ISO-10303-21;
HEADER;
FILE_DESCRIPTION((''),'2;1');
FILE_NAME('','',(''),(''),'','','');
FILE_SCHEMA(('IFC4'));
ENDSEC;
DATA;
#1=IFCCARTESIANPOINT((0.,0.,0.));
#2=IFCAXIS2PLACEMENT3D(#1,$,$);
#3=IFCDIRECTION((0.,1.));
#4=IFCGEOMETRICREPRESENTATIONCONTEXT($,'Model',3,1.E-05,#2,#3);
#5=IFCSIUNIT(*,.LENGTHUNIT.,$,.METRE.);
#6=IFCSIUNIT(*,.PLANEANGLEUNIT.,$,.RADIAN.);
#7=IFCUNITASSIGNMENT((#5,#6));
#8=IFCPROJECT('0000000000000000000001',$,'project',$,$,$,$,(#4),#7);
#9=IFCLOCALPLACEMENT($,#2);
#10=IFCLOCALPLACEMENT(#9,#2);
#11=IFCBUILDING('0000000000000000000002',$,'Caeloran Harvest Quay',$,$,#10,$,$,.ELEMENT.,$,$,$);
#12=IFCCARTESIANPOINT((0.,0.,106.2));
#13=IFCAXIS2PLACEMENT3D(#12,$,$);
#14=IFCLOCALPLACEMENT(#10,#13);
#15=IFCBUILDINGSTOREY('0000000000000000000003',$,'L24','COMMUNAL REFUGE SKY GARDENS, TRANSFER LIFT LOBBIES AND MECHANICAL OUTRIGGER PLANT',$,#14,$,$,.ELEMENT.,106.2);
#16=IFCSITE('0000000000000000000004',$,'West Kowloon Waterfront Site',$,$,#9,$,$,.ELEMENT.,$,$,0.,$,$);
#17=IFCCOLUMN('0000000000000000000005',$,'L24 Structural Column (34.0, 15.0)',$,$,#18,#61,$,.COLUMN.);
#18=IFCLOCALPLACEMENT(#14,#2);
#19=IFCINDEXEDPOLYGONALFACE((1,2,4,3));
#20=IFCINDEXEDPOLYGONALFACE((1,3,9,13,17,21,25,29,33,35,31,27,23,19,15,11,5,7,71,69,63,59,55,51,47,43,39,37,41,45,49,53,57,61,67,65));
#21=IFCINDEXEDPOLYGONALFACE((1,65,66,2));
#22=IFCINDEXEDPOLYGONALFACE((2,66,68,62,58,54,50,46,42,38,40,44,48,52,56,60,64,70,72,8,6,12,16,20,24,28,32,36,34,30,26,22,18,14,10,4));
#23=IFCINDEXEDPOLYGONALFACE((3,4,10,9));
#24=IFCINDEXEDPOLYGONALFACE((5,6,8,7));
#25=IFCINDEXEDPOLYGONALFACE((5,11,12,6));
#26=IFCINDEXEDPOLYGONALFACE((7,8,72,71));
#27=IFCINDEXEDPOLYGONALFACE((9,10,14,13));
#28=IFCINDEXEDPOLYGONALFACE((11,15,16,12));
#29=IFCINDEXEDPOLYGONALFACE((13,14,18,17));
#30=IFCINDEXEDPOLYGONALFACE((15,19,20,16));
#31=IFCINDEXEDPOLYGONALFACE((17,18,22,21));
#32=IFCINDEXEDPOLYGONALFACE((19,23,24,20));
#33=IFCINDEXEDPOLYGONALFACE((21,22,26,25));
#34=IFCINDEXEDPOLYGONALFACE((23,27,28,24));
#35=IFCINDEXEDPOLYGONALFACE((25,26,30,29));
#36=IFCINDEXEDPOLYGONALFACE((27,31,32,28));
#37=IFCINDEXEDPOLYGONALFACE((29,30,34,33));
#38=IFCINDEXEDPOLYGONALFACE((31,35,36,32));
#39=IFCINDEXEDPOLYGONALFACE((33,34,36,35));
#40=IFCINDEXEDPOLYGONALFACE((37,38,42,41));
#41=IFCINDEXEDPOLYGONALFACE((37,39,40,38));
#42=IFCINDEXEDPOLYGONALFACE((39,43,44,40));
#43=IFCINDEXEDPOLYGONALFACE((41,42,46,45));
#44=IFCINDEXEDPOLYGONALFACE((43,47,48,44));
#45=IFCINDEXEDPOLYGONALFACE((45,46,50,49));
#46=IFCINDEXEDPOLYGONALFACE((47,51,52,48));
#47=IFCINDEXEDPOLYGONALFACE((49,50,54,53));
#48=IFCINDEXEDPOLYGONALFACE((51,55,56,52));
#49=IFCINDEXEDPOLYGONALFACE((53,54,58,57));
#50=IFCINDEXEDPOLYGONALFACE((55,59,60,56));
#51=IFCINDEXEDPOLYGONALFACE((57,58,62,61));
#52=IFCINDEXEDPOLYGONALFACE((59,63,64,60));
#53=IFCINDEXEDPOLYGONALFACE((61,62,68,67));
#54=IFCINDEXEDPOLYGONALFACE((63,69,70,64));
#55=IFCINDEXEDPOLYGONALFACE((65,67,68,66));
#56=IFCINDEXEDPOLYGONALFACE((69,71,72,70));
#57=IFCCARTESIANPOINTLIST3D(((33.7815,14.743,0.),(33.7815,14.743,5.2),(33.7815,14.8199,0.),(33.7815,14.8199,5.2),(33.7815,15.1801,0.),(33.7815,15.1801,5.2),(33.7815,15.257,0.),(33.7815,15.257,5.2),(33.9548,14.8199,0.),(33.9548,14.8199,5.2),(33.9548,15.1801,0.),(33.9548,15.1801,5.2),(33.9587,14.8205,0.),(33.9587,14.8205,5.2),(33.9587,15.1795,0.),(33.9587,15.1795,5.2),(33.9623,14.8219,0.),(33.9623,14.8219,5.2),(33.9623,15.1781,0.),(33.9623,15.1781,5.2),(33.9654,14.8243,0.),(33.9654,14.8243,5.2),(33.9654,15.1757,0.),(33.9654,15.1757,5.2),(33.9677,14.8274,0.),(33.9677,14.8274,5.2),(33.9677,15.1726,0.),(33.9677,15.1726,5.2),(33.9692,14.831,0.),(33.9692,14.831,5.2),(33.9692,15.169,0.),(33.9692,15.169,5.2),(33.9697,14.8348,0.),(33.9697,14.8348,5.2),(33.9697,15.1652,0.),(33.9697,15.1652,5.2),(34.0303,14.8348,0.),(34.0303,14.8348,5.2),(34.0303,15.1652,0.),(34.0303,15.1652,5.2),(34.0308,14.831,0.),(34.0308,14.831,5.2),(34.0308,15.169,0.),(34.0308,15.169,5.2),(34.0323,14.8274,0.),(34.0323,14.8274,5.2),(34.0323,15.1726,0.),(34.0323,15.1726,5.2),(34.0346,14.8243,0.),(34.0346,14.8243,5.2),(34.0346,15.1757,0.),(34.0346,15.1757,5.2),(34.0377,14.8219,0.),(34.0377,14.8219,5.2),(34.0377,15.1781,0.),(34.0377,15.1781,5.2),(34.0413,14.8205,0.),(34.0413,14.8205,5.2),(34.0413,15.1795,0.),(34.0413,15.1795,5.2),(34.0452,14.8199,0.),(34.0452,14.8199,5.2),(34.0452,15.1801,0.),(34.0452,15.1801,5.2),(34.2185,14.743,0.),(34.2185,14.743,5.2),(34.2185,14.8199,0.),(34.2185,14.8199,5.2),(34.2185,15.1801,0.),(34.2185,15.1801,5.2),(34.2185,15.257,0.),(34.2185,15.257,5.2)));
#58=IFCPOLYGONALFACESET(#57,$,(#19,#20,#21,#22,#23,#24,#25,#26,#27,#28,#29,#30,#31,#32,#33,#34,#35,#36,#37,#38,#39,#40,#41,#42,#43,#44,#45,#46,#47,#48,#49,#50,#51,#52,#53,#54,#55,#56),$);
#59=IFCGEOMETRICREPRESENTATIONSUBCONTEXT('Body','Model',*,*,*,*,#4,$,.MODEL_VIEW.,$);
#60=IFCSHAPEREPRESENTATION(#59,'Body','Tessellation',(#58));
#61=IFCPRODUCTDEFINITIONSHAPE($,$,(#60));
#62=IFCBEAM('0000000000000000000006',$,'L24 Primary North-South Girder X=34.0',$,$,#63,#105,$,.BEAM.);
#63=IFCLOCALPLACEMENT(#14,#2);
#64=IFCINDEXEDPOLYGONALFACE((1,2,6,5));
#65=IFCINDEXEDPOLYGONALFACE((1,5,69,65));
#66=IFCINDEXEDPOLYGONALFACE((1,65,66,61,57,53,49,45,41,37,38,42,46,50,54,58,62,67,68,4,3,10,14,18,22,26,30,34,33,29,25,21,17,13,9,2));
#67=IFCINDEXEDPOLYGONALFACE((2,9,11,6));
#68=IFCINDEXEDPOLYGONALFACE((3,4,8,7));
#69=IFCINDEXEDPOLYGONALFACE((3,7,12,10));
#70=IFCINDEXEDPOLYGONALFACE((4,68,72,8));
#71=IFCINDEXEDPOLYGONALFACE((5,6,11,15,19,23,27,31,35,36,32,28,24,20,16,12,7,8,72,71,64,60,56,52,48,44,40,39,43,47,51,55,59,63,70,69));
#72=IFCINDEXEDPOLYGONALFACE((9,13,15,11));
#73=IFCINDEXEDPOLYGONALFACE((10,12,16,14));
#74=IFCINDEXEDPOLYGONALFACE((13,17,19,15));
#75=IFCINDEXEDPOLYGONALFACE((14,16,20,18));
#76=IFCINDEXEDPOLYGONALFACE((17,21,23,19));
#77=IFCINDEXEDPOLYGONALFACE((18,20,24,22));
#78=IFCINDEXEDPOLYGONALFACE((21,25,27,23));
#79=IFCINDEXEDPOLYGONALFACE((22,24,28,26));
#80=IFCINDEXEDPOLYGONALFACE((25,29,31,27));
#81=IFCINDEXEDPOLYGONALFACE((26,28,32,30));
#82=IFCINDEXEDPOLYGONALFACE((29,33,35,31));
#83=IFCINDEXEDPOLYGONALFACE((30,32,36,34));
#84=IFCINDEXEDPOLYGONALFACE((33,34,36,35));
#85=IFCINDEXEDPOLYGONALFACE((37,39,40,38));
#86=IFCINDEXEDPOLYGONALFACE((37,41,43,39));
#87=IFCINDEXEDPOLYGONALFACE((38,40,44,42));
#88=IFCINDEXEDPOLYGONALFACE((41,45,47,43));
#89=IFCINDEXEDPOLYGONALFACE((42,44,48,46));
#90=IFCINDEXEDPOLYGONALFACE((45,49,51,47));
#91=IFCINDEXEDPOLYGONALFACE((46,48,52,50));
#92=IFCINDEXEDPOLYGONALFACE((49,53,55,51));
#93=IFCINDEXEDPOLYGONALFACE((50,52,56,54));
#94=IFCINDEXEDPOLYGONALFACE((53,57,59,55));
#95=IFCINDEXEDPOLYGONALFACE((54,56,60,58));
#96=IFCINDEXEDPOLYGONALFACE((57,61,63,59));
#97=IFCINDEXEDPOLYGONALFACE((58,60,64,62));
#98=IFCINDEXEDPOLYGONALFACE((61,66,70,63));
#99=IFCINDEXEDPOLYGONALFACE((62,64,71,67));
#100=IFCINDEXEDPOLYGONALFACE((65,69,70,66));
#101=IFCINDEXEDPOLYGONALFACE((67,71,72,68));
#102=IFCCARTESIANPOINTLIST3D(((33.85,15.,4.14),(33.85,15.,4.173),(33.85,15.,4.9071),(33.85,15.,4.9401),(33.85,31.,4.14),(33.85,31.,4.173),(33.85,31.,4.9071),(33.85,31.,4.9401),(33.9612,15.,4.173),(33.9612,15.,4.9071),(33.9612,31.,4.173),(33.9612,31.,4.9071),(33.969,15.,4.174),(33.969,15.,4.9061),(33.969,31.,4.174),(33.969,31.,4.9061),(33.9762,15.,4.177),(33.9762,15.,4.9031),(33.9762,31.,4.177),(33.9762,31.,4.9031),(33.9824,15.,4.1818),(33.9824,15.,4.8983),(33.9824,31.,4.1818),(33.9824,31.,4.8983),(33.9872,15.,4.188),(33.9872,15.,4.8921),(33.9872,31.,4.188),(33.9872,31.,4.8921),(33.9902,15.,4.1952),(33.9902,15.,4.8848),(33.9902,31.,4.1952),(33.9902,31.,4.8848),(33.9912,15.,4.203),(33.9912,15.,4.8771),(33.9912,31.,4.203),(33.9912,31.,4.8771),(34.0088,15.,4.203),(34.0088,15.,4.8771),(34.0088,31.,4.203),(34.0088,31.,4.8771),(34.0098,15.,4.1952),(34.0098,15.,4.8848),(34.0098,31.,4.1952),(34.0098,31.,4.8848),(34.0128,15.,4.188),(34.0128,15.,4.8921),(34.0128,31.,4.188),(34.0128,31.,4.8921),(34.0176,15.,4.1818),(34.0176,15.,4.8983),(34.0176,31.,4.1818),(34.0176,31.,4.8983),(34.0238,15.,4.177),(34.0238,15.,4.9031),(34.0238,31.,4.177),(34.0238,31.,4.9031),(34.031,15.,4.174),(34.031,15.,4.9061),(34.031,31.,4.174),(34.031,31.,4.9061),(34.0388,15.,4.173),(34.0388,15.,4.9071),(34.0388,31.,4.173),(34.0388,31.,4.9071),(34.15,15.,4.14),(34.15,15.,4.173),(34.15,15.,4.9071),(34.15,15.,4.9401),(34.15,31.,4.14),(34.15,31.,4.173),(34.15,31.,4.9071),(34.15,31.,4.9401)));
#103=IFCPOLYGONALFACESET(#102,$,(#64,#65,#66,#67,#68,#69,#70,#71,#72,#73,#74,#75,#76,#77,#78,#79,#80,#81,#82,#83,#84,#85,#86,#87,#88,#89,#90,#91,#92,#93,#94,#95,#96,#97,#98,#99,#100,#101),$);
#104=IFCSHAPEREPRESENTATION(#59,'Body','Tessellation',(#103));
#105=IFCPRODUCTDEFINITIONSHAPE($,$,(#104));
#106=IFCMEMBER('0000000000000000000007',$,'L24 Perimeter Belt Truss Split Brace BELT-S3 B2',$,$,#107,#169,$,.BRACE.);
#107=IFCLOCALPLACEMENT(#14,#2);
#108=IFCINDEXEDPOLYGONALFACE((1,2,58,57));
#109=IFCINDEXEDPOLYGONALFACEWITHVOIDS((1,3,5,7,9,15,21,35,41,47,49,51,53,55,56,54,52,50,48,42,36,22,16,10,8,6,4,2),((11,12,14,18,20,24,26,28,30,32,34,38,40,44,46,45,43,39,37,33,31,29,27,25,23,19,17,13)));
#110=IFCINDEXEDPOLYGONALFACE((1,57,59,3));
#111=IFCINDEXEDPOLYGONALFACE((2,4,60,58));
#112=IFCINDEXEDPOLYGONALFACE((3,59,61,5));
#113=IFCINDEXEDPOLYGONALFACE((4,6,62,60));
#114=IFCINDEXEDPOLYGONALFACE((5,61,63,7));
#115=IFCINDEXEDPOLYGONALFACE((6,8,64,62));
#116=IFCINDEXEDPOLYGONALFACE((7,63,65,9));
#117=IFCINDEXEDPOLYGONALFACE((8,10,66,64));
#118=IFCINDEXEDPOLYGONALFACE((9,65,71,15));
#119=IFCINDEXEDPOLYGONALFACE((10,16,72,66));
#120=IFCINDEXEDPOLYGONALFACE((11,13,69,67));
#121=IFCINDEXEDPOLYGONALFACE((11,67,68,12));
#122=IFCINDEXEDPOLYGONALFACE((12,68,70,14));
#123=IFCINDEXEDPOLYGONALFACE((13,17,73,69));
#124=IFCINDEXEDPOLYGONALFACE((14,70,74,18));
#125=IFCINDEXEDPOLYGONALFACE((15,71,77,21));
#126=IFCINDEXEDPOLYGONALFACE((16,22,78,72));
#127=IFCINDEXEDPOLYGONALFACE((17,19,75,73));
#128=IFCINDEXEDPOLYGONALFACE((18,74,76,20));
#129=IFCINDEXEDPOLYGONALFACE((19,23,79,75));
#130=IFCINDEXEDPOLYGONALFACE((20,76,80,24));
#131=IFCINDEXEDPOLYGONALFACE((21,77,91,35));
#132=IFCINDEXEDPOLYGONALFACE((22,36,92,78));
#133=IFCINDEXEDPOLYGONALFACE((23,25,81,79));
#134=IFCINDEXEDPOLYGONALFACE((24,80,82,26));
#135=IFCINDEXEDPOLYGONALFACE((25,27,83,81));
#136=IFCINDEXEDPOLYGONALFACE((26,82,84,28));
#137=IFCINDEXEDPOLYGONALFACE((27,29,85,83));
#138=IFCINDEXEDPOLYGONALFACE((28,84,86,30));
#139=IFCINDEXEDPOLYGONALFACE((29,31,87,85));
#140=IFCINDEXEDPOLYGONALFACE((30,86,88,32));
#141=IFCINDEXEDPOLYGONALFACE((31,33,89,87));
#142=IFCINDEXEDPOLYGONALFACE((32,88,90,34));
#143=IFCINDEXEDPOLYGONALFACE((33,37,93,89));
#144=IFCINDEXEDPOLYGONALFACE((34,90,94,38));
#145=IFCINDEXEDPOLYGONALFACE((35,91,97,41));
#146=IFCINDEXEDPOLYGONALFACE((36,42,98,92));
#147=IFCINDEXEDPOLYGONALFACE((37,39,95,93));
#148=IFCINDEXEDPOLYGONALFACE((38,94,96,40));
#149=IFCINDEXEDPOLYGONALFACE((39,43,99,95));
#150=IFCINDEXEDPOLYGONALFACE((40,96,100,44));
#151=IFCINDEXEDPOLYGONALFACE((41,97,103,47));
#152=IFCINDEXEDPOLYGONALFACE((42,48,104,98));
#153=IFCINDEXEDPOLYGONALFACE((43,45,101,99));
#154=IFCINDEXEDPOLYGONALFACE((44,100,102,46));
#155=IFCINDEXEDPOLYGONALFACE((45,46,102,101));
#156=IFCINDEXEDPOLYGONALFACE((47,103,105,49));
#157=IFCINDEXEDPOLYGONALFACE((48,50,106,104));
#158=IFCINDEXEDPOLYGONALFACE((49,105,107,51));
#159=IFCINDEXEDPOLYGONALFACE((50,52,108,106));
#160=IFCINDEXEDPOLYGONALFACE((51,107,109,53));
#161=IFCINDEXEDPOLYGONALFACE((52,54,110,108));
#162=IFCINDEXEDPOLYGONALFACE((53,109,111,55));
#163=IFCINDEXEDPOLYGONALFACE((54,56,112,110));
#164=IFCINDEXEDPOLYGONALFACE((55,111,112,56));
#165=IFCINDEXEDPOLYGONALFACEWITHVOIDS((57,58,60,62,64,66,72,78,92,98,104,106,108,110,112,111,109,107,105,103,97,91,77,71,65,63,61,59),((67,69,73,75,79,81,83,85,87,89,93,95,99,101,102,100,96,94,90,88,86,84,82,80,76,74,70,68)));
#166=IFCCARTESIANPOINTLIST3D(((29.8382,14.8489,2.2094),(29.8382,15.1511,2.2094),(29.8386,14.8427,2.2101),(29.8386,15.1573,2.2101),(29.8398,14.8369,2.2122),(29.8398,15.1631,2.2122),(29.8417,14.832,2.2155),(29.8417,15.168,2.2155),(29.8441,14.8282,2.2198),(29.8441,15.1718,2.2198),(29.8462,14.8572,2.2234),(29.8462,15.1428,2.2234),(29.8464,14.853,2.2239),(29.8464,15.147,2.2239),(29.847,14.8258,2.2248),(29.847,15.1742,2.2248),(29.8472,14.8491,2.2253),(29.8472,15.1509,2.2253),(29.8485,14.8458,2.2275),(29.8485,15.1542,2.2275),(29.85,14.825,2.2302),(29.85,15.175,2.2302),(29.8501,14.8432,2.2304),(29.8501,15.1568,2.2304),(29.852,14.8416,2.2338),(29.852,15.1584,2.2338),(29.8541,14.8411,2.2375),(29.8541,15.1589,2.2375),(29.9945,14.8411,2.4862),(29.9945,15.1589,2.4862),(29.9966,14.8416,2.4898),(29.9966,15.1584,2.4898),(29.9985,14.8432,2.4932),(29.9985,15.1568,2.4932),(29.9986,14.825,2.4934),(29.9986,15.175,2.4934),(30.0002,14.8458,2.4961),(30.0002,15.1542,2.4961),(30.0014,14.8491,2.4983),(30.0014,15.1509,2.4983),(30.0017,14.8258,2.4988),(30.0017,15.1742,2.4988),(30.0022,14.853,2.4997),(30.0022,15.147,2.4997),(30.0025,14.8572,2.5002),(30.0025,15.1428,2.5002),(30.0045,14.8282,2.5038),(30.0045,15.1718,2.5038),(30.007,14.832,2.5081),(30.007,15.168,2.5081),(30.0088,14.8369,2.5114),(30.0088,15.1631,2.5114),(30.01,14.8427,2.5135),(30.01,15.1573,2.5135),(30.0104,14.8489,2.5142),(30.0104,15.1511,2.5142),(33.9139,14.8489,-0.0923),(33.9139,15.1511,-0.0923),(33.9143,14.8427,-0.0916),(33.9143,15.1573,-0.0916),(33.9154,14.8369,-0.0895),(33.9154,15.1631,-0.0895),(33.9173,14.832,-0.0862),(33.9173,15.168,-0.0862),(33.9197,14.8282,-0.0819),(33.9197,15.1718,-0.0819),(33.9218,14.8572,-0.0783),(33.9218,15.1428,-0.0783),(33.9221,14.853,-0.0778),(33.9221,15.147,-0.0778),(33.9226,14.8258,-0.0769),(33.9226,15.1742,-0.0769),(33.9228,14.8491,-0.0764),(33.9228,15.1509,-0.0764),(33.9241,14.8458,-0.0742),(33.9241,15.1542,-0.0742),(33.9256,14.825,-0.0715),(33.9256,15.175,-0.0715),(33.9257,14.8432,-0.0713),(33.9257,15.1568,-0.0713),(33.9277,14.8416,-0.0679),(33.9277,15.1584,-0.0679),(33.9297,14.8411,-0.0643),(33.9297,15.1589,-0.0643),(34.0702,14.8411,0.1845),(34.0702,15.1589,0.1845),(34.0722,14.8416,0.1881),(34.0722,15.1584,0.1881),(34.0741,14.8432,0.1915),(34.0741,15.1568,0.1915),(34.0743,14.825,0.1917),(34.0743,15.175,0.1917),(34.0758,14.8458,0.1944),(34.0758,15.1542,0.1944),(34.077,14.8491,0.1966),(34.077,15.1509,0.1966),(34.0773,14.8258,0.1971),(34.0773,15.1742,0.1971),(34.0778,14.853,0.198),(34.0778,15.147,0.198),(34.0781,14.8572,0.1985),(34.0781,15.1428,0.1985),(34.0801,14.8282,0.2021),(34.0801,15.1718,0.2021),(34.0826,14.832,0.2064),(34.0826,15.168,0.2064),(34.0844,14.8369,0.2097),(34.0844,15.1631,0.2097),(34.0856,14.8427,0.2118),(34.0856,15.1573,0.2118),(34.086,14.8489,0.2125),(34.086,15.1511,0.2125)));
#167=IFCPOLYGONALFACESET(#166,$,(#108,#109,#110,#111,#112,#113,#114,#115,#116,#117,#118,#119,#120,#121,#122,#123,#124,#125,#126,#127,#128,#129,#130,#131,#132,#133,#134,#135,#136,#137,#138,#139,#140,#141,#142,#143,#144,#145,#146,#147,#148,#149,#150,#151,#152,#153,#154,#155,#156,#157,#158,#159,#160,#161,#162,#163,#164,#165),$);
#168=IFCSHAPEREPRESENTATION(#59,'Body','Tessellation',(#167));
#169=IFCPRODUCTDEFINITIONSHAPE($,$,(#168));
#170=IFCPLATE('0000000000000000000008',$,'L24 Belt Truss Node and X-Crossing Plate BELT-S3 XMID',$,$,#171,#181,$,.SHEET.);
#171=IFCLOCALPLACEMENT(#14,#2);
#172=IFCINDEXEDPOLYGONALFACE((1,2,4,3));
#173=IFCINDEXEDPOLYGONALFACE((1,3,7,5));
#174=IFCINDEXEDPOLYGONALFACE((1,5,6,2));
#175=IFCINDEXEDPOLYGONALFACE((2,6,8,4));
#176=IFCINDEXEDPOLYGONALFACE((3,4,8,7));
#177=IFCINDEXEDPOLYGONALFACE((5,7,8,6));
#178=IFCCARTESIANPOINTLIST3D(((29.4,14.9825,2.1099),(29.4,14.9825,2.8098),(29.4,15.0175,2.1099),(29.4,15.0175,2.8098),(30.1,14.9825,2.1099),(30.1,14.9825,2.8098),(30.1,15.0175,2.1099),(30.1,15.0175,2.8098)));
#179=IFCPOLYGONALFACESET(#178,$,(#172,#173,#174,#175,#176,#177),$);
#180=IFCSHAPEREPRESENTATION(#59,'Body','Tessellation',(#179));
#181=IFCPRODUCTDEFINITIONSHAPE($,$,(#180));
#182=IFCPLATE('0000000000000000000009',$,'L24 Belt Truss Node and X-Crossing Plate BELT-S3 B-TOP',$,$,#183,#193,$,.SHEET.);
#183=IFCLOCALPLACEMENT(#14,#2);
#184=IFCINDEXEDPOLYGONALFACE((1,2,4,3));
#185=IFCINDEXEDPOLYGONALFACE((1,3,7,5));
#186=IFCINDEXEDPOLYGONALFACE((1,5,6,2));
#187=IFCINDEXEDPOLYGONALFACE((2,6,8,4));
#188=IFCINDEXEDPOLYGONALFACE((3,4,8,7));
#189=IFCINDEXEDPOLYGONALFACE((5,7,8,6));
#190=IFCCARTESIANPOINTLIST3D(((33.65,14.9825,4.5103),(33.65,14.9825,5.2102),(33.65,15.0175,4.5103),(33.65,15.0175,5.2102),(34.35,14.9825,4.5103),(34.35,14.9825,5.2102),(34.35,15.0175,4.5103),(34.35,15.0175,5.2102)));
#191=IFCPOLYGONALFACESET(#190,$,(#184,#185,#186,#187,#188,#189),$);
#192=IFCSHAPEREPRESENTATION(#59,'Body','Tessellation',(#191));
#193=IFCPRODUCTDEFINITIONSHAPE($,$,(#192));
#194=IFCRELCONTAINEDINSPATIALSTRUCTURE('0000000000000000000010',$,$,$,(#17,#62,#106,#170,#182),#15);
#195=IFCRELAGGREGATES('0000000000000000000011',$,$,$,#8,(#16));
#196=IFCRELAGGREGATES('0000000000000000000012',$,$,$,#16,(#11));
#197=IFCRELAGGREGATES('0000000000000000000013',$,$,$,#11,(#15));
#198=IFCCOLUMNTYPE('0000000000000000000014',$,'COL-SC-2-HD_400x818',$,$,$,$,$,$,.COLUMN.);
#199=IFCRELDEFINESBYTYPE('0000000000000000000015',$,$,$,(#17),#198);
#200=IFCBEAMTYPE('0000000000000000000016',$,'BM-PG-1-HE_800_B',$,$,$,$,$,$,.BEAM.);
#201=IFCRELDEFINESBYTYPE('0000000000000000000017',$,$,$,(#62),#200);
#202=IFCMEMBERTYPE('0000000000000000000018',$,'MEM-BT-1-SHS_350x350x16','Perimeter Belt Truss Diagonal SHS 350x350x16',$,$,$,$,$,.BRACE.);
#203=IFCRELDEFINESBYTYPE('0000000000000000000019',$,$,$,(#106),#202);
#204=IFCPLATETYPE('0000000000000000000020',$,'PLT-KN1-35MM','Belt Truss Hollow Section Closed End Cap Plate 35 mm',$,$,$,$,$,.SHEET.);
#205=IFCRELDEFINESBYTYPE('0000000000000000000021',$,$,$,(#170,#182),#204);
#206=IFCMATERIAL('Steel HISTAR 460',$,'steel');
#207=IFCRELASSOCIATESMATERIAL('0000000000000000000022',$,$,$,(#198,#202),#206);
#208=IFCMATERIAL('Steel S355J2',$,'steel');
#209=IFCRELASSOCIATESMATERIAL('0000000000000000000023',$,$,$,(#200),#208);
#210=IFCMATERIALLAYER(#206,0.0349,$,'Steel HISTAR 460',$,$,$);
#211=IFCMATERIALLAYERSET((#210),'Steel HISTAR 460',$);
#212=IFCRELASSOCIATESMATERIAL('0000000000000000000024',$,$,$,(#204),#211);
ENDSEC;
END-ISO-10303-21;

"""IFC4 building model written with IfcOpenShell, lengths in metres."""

from ifc_helpers import new_model, si_unit, direction, frame, origin, origin_2d, place, context, subcontext, project, spatial, rectangle, hollow_rectangle, i_section, extrude, material, layer, layer_set, material_profile, profile_set, type_object, element, save


model = new_model("IFC4")

# Units and contexts
model_context = context("Model", 3, precision=1e-05, world=origin(), true_north=direction((0.0, 1.0)))
body_context = subcontext(model_context, "Body", "Model", "MODEL_VIEW")
ifc_project = project(units=[si_unit("LENGTHUNIT", "METRE"), si_unit("PLANEANGLEUNIT", "RADIAN")], contexts=[model_context])

# Site, building, storey
site_placement = place(None, origin())
site = spatial("IfcSite", under=ifc_project, at=site_placement, Name="West Kowloon Waterfront Site", CompositionType="ELEMENT", RefElevation=0.0)
building_placement = place(site_placement, origin())
building = spatial("IfcBuilding", under=site, at=building_placement, Name="Caeloran Harvest Quay", CompositionType="ELEMENT")
storey_placement = place(building_placement, frame((0.0, 0.0, 106.2)))
storey = spatial("IfcBuildingStorey", under=building, at=storey_placement, Name="L24", Description="COMMUNAL REFUGE SKY GARDENS, TRANSFER LIFT LOBBIES AND MECHANICAL OUTRIGGER PLANT", CompositionType="ELEMENT", Elevation=106.2)

# Column
ifc_material_1 = material(Name="Steel HISTAR 460", Category="steel")
ifc_material_profile_1 = material_profile(ifc_material_1, i_section(OverallWidth=0.437, OverallDepth=0.5139, WebThickness=0.0605, FlangeThickness=0.0769, FilletRadius=0.0149, at=origin_2d()), Name="HD 400x818")
ifc_profile_set_1 = profile_set([ifc_material_profile_1], Name="Steel HISTAR 460")
column_type = type_object("IfcColumnType", Name="COL-SC-2-HD_400x818", PredefinedType="COLUMN", material=ifc_profile_set_1)
column_placement = place(storey_placement, frame((34.0, 15.0, 0.0), z_axis=(0.0, 0.0, 1.0), x_axis=(1.0, 0.0, 0.0)))
element("IfcColumn", 1, at=column_placement, inside=storey, type_object=column_type, Name="L24 Structural Column (34.0, 15.0)", PredefinedType="COLUMN", context=body_context, shape_type="SweptSolid", body=[
    extrude(i_section(OverallWidth=0.437, OverallDepth=0.5139, WebThickness=0.0605, FlangeThickness=0.0769, FilletRadius=0.0149, at=origin_2d()), origin(), (0.0, 0.0, 1.0), 5.2),
])

# Beam
ifc_material_2 = material(Name="Steel S355J2", Category="steel")
ifc_material_profile_2 = material_profile(ifc_material_2, i_section(OverallWidth=0.3, OverallDepth=0.8, WebThickness=0.0176, FlangeThickness=0.033, FilletRadius=0.03, at=origin_2d()), Name="HE 800 B")
ifc_profile_set_2 = profile_set([ifc_material_profile_2], Name="Steel S355J2")
beam_type = type_object("IfcBeamType", Name="BM-PG-1-HE_800_B", PredefinedType="BEAM", material=ifc_profile_set_2)
beam_placement = place(storey_placement, frame((34.0, 15.0, 4.54), z_axis=(0.0, 1.0, 0.0), x_axis=(-1.0, 0.0, 0.0)))
element("IfcBeam", 2, at=beam_placement, inside=storey, type_object=beam_type, Name="L24 Primary North-South Girder X=34.0", PredefinedType="BEAM", context=body_context, shape_type="SweptSolid", body=[
    extrude(i_section(OverallWidth=0.3, OverallDepth=0.8, WebThickness=0.0176, FlangeThickness=0.033, FilletRadius=0.03, at=origin_2d()), origin(), (0.0, 0.0, 1.0), 16.0),
])

# Member
ifc_material_profile_3 = material_profile(ifc_material_1, hollow_rectangle(XDim=0.3501, YDim=0.3501, WallThickness=0.0161, InnerFilletRadius=0.0161, OuterFilletRadius=0.0239, at=origin_2d()), Name="SHS 350x350x16")
ifc_profile_set_3 = profile_set([ifc_material_profile_3], Name="Steel HISTAR 460")
member_type = type_object("IfcMemberType", Name="MEM-BT-1-SHS_350x350x16", Description="Perimeter Belt Truss Diagonal SHS 350x350x16", PredefinedType="BRACE", material=ifc_profile_set_3)
member_placement = place(storey_placement, frame((29.9243, 15.0, 2.3618), z_axis=(0.870736, 0.0, -0.491751), x_axis=(0.0, 1.0, 0.0)))
element("IfcMember", 3, at=member_placement, inside=storey, type_object=member_type, Name="L24 Perimeter Belt Truss Split Brace BELT-S3 B2", PredefinedType="BRACE", context=body_context, shape_type="SweptSolid", body=[
    extrude(hollow_rectangle(XDim=0.3501, YDim=0.3501, WallThickness=0.0161, InnerFilletRadius=0.0161, OuterFilletRadius=0.0239, at=origin_2d()), origin(), (0.0, 0.0, 1.0), 4.6807),
])

# Plates
ifc_layer_1 = layer(ifc_material_1, 0.0349, Name="Steel HISTAR 460")
ifc_layer_set_1 = layer_set([ifc_layer_1], Name="Steel HISTAR 460")
plate_type = type_object("IfcPlateType", Name="PLT-KN1-35MM", Description="Belt Truss Hollow Section Closed End Cap Plate 35 mm", PredefinedType="SHEET", material=ifc_layer_set_1)
for number, where, z_axis, x_axis, name in (
    (4, (29.75, 15.0, 2.1099), (0.0, 0.0, 1.0), (1.0, 0.0, 0.0), "L24 Belt Truss Node and X-Crossing Plate BELT-S3 XMID"),
    (5, (34.0, 15.0, 4.5103), (0.0, 0.0, 1.0), (1.0, 0.0, 0.0), "L24 Belt Truss Node and X-Crossing Plate BELT-S3 B-TOP"),
):
    element("IfcPlate", number, at=place(storey_placement, frame(where, z_axis=z_axis, x_axis=x_axis)), inside=storey, type_object=plate_type, Name=name, PredefinedType="SHEET", context=body_context, shape_type="SweptSolid", body=[
        extrude(rectangle(XDim=0.7, YDim=0.0349, at=origin_2d()), origin(), (0.0, 0.0, 1.0), 0.7),
    ])

save(model, "model.ifc")
